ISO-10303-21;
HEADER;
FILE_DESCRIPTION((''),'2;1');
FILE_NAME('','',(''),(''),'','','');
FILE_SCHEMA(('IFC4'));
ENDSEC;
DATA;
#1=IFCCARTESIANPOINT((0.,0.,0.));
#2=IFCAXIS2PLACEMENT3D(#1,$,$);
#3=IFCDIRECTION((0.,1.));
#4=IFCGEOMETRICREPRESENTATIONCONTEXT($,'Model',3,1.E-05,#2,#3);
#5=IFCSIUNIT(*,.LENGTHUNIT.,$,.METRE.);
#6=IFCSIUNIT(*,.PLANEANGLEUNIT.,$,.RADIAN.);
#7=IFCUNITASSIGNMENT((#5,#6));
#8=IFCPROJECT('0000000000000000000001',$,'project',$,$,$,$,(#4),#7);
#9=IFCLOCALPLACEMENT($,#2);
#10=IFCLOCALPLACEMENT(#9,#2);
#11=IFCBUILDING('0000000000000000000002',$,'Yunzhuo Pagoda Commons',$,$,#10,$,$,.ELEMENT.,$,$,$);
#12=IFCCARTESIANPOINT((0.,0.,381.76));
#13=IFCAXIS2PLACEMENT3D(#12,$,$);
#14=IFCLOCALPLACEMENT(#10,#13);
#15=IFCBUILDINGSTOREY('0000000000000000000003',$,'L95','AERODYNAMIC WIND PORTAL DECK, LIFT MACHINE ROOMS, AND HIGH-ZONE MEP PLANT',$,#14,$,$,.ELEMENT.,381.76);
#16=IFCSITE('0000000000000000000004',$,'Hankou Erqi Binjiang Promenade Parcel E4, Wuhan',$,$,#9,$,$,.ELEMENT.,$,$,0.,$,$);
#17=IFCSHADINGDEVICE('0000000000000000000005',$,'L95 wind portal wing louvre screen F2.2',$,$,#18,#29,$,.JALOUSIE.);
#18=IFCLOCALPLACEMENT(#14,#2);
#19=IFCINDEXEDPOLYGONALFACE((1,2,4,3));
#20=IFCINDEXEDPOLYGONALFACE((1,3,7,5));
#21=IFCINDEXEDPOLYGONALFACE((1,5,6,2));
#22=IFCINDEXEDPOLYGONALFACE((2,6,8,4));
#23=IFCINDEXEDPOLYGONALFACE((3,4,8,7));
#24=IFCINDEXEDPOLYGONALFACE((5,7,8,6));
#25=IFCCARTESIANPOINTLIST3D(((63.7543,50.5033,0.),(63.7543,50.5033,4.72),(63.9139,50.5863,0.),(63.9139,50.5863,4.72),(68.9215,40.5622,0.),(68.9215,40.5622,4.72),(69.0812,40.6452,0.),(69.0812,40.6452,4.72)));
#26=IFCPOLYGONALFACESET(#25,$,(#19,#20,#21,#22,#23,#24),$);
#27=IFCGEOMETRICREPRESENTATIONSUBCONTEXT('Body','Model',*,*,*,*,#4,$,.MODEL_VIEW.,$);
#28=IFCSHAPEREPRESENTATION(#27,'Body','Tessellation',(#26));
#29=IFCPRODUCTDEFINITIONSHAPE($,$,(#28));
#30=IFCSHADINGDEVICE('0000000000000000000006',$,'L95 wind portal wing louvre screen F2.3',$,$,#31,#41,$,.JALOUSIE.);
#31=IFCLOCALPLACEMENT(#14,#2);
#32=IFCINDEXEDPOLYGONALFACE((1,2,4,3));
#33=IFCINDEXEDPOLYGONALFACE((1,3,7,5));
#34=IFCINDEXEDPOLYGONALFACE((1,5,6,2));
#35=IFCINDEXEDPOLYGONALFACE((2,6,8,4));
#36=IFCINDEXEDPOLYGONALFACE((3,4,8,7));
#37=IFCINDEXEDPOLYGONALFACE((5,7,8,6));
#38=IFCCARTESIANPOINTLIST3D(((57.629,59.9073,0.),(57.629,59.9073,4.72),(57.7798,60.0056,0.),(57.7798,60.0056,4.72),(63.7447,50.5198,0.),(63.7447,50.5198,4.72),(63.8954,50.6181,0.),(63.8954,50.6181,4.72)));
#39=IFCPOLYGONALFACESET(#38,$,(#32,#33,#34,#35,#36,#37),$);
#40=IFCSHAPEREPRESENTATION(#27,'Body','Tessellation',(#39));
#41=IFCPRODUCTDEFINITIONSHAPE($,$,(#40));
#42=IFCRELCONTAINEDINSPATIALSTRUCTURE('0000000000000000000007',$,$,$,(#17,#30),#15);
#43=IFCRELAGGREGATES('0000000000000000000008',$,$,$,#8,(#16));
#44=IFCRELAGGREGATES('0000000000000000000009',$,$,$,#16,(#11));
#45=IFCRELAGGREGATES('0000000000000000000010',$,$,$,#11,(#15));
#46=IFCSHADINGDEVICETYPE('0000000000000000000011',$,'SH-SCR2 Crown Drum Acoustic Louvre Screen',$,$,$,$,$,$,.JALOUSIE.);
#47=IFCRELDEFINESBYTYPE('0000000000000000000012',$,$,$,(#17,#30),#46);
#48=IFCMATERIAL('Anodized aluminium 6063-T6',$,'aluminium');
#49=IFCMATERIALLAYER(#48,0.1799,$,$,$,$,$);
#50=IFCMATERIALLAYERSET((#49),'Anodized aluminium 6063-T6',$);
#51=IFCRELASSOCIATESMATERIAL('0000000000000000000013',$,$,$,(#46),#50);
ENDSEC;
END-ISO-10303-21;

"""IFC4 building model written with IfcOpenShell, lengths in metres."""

from ifc_helpers import new_model, si_unit, direction, frame, origin, origin_2d, place, context, subcontext, project, spatial, rectangle, extrude, source, transform, mapped, material, layer, layer_set, type_object, element, save


model = new_model("IFC4")

# Units and contexts
model_context = context("Model", 3, precision=1e-05, world=origin(), true_north=direction((0.0, 1.0)))
body_context = subcontext(model_context, "Body", "Model", "MODEL_VIEW")
ifc_project = project(units=[si_unit("LENGTHUNIT", "METRE"), si_unit("PLANEANGLEUNIT", "RADIAN")], contexts=[model_context])

# Site, building, storey
site_placement = place(None, origin())
site = spatial("IfcSite", under=ifc_project, at=site_placement, Name="Hankou Erqi Binjiang Promenade Parcel E4, Wuhan", CompositionType="ELEMENT", RefElevation=0.0)
building_placement = place(site_placement, origin())
building = spatial("IfcBuilding", under=site, at=building_placement, Name="Yunzhuo Pagoda Commons", CompositionType="ELEMENT")
storey_placement = place(building_placement, frame((0.0, 0.0, 381.76)))
storey = spatial("IfcBuildingStorey", under=building, at=storey_placement, Name="L95", Description="AERODYNAMIC WIND PORTAL DECK, LIFT MACHINE ROOMS, AND HIGH-ZONE MEP PLANT", CompositionType="ELEMENT", Elevation=381.76)

# Shared definitions
ifc_material_1 = material(Name="Anodized aluminium 6063-T6", Category="aluminium")

# Shading devices
ifc_layer_1 = layer(ifc_material_1, 0.1799)
ifc_layer_set_1 = layer_set([ifc_layer_1], Name="Anodized aluminium 6063-T6")
shading_device_type = type_object("IfcShadingDeviceType", Name="SH-SCR2 Crown Drum Acoustic Louvre Screen", PredefinedType="JALOUSIE", material=ifc_layer_set_1)
shared_shape_1 = source(origin(), body_context, "Body", "SweptSolid", [
    extrude(rectangle(XDim=11.2039, YDim=0.1799, at=origin_2d()), origin(), (0.0, 0.0, 1.0), 4.72),
])
for number, where, z_axis, x_axis, name in (
    (1, (66.4177, 45.5742, 0.0), (0.0, 0.0, 1.0), (-0.461207, 0.887293, 0.0), "L95 wind portal wing louvre screen F2.2"),
    (2, (60.7622, 55.2627, 0.0), (0.0, 0.0, 1.0), (-0.545853, 0.837881, 0.0), "L95 wind portal wing louvre screen F2.3"),
):
    element("IfcShadingDevice", number, at=place(storey_placement, frame(where, z_axis=z_axis, x_axis=x_axis)), inside=storey, type_object=shading_device_type, Name=name, PredefinedType="JALOUSIE", context=body_context, shape_type="MappedRepresentation", body=[
        mapped(shared_shape_1, transform((0.0, 0.0, 0.0), scale=1.0)),
    ])

save(model, "model.ifc")
